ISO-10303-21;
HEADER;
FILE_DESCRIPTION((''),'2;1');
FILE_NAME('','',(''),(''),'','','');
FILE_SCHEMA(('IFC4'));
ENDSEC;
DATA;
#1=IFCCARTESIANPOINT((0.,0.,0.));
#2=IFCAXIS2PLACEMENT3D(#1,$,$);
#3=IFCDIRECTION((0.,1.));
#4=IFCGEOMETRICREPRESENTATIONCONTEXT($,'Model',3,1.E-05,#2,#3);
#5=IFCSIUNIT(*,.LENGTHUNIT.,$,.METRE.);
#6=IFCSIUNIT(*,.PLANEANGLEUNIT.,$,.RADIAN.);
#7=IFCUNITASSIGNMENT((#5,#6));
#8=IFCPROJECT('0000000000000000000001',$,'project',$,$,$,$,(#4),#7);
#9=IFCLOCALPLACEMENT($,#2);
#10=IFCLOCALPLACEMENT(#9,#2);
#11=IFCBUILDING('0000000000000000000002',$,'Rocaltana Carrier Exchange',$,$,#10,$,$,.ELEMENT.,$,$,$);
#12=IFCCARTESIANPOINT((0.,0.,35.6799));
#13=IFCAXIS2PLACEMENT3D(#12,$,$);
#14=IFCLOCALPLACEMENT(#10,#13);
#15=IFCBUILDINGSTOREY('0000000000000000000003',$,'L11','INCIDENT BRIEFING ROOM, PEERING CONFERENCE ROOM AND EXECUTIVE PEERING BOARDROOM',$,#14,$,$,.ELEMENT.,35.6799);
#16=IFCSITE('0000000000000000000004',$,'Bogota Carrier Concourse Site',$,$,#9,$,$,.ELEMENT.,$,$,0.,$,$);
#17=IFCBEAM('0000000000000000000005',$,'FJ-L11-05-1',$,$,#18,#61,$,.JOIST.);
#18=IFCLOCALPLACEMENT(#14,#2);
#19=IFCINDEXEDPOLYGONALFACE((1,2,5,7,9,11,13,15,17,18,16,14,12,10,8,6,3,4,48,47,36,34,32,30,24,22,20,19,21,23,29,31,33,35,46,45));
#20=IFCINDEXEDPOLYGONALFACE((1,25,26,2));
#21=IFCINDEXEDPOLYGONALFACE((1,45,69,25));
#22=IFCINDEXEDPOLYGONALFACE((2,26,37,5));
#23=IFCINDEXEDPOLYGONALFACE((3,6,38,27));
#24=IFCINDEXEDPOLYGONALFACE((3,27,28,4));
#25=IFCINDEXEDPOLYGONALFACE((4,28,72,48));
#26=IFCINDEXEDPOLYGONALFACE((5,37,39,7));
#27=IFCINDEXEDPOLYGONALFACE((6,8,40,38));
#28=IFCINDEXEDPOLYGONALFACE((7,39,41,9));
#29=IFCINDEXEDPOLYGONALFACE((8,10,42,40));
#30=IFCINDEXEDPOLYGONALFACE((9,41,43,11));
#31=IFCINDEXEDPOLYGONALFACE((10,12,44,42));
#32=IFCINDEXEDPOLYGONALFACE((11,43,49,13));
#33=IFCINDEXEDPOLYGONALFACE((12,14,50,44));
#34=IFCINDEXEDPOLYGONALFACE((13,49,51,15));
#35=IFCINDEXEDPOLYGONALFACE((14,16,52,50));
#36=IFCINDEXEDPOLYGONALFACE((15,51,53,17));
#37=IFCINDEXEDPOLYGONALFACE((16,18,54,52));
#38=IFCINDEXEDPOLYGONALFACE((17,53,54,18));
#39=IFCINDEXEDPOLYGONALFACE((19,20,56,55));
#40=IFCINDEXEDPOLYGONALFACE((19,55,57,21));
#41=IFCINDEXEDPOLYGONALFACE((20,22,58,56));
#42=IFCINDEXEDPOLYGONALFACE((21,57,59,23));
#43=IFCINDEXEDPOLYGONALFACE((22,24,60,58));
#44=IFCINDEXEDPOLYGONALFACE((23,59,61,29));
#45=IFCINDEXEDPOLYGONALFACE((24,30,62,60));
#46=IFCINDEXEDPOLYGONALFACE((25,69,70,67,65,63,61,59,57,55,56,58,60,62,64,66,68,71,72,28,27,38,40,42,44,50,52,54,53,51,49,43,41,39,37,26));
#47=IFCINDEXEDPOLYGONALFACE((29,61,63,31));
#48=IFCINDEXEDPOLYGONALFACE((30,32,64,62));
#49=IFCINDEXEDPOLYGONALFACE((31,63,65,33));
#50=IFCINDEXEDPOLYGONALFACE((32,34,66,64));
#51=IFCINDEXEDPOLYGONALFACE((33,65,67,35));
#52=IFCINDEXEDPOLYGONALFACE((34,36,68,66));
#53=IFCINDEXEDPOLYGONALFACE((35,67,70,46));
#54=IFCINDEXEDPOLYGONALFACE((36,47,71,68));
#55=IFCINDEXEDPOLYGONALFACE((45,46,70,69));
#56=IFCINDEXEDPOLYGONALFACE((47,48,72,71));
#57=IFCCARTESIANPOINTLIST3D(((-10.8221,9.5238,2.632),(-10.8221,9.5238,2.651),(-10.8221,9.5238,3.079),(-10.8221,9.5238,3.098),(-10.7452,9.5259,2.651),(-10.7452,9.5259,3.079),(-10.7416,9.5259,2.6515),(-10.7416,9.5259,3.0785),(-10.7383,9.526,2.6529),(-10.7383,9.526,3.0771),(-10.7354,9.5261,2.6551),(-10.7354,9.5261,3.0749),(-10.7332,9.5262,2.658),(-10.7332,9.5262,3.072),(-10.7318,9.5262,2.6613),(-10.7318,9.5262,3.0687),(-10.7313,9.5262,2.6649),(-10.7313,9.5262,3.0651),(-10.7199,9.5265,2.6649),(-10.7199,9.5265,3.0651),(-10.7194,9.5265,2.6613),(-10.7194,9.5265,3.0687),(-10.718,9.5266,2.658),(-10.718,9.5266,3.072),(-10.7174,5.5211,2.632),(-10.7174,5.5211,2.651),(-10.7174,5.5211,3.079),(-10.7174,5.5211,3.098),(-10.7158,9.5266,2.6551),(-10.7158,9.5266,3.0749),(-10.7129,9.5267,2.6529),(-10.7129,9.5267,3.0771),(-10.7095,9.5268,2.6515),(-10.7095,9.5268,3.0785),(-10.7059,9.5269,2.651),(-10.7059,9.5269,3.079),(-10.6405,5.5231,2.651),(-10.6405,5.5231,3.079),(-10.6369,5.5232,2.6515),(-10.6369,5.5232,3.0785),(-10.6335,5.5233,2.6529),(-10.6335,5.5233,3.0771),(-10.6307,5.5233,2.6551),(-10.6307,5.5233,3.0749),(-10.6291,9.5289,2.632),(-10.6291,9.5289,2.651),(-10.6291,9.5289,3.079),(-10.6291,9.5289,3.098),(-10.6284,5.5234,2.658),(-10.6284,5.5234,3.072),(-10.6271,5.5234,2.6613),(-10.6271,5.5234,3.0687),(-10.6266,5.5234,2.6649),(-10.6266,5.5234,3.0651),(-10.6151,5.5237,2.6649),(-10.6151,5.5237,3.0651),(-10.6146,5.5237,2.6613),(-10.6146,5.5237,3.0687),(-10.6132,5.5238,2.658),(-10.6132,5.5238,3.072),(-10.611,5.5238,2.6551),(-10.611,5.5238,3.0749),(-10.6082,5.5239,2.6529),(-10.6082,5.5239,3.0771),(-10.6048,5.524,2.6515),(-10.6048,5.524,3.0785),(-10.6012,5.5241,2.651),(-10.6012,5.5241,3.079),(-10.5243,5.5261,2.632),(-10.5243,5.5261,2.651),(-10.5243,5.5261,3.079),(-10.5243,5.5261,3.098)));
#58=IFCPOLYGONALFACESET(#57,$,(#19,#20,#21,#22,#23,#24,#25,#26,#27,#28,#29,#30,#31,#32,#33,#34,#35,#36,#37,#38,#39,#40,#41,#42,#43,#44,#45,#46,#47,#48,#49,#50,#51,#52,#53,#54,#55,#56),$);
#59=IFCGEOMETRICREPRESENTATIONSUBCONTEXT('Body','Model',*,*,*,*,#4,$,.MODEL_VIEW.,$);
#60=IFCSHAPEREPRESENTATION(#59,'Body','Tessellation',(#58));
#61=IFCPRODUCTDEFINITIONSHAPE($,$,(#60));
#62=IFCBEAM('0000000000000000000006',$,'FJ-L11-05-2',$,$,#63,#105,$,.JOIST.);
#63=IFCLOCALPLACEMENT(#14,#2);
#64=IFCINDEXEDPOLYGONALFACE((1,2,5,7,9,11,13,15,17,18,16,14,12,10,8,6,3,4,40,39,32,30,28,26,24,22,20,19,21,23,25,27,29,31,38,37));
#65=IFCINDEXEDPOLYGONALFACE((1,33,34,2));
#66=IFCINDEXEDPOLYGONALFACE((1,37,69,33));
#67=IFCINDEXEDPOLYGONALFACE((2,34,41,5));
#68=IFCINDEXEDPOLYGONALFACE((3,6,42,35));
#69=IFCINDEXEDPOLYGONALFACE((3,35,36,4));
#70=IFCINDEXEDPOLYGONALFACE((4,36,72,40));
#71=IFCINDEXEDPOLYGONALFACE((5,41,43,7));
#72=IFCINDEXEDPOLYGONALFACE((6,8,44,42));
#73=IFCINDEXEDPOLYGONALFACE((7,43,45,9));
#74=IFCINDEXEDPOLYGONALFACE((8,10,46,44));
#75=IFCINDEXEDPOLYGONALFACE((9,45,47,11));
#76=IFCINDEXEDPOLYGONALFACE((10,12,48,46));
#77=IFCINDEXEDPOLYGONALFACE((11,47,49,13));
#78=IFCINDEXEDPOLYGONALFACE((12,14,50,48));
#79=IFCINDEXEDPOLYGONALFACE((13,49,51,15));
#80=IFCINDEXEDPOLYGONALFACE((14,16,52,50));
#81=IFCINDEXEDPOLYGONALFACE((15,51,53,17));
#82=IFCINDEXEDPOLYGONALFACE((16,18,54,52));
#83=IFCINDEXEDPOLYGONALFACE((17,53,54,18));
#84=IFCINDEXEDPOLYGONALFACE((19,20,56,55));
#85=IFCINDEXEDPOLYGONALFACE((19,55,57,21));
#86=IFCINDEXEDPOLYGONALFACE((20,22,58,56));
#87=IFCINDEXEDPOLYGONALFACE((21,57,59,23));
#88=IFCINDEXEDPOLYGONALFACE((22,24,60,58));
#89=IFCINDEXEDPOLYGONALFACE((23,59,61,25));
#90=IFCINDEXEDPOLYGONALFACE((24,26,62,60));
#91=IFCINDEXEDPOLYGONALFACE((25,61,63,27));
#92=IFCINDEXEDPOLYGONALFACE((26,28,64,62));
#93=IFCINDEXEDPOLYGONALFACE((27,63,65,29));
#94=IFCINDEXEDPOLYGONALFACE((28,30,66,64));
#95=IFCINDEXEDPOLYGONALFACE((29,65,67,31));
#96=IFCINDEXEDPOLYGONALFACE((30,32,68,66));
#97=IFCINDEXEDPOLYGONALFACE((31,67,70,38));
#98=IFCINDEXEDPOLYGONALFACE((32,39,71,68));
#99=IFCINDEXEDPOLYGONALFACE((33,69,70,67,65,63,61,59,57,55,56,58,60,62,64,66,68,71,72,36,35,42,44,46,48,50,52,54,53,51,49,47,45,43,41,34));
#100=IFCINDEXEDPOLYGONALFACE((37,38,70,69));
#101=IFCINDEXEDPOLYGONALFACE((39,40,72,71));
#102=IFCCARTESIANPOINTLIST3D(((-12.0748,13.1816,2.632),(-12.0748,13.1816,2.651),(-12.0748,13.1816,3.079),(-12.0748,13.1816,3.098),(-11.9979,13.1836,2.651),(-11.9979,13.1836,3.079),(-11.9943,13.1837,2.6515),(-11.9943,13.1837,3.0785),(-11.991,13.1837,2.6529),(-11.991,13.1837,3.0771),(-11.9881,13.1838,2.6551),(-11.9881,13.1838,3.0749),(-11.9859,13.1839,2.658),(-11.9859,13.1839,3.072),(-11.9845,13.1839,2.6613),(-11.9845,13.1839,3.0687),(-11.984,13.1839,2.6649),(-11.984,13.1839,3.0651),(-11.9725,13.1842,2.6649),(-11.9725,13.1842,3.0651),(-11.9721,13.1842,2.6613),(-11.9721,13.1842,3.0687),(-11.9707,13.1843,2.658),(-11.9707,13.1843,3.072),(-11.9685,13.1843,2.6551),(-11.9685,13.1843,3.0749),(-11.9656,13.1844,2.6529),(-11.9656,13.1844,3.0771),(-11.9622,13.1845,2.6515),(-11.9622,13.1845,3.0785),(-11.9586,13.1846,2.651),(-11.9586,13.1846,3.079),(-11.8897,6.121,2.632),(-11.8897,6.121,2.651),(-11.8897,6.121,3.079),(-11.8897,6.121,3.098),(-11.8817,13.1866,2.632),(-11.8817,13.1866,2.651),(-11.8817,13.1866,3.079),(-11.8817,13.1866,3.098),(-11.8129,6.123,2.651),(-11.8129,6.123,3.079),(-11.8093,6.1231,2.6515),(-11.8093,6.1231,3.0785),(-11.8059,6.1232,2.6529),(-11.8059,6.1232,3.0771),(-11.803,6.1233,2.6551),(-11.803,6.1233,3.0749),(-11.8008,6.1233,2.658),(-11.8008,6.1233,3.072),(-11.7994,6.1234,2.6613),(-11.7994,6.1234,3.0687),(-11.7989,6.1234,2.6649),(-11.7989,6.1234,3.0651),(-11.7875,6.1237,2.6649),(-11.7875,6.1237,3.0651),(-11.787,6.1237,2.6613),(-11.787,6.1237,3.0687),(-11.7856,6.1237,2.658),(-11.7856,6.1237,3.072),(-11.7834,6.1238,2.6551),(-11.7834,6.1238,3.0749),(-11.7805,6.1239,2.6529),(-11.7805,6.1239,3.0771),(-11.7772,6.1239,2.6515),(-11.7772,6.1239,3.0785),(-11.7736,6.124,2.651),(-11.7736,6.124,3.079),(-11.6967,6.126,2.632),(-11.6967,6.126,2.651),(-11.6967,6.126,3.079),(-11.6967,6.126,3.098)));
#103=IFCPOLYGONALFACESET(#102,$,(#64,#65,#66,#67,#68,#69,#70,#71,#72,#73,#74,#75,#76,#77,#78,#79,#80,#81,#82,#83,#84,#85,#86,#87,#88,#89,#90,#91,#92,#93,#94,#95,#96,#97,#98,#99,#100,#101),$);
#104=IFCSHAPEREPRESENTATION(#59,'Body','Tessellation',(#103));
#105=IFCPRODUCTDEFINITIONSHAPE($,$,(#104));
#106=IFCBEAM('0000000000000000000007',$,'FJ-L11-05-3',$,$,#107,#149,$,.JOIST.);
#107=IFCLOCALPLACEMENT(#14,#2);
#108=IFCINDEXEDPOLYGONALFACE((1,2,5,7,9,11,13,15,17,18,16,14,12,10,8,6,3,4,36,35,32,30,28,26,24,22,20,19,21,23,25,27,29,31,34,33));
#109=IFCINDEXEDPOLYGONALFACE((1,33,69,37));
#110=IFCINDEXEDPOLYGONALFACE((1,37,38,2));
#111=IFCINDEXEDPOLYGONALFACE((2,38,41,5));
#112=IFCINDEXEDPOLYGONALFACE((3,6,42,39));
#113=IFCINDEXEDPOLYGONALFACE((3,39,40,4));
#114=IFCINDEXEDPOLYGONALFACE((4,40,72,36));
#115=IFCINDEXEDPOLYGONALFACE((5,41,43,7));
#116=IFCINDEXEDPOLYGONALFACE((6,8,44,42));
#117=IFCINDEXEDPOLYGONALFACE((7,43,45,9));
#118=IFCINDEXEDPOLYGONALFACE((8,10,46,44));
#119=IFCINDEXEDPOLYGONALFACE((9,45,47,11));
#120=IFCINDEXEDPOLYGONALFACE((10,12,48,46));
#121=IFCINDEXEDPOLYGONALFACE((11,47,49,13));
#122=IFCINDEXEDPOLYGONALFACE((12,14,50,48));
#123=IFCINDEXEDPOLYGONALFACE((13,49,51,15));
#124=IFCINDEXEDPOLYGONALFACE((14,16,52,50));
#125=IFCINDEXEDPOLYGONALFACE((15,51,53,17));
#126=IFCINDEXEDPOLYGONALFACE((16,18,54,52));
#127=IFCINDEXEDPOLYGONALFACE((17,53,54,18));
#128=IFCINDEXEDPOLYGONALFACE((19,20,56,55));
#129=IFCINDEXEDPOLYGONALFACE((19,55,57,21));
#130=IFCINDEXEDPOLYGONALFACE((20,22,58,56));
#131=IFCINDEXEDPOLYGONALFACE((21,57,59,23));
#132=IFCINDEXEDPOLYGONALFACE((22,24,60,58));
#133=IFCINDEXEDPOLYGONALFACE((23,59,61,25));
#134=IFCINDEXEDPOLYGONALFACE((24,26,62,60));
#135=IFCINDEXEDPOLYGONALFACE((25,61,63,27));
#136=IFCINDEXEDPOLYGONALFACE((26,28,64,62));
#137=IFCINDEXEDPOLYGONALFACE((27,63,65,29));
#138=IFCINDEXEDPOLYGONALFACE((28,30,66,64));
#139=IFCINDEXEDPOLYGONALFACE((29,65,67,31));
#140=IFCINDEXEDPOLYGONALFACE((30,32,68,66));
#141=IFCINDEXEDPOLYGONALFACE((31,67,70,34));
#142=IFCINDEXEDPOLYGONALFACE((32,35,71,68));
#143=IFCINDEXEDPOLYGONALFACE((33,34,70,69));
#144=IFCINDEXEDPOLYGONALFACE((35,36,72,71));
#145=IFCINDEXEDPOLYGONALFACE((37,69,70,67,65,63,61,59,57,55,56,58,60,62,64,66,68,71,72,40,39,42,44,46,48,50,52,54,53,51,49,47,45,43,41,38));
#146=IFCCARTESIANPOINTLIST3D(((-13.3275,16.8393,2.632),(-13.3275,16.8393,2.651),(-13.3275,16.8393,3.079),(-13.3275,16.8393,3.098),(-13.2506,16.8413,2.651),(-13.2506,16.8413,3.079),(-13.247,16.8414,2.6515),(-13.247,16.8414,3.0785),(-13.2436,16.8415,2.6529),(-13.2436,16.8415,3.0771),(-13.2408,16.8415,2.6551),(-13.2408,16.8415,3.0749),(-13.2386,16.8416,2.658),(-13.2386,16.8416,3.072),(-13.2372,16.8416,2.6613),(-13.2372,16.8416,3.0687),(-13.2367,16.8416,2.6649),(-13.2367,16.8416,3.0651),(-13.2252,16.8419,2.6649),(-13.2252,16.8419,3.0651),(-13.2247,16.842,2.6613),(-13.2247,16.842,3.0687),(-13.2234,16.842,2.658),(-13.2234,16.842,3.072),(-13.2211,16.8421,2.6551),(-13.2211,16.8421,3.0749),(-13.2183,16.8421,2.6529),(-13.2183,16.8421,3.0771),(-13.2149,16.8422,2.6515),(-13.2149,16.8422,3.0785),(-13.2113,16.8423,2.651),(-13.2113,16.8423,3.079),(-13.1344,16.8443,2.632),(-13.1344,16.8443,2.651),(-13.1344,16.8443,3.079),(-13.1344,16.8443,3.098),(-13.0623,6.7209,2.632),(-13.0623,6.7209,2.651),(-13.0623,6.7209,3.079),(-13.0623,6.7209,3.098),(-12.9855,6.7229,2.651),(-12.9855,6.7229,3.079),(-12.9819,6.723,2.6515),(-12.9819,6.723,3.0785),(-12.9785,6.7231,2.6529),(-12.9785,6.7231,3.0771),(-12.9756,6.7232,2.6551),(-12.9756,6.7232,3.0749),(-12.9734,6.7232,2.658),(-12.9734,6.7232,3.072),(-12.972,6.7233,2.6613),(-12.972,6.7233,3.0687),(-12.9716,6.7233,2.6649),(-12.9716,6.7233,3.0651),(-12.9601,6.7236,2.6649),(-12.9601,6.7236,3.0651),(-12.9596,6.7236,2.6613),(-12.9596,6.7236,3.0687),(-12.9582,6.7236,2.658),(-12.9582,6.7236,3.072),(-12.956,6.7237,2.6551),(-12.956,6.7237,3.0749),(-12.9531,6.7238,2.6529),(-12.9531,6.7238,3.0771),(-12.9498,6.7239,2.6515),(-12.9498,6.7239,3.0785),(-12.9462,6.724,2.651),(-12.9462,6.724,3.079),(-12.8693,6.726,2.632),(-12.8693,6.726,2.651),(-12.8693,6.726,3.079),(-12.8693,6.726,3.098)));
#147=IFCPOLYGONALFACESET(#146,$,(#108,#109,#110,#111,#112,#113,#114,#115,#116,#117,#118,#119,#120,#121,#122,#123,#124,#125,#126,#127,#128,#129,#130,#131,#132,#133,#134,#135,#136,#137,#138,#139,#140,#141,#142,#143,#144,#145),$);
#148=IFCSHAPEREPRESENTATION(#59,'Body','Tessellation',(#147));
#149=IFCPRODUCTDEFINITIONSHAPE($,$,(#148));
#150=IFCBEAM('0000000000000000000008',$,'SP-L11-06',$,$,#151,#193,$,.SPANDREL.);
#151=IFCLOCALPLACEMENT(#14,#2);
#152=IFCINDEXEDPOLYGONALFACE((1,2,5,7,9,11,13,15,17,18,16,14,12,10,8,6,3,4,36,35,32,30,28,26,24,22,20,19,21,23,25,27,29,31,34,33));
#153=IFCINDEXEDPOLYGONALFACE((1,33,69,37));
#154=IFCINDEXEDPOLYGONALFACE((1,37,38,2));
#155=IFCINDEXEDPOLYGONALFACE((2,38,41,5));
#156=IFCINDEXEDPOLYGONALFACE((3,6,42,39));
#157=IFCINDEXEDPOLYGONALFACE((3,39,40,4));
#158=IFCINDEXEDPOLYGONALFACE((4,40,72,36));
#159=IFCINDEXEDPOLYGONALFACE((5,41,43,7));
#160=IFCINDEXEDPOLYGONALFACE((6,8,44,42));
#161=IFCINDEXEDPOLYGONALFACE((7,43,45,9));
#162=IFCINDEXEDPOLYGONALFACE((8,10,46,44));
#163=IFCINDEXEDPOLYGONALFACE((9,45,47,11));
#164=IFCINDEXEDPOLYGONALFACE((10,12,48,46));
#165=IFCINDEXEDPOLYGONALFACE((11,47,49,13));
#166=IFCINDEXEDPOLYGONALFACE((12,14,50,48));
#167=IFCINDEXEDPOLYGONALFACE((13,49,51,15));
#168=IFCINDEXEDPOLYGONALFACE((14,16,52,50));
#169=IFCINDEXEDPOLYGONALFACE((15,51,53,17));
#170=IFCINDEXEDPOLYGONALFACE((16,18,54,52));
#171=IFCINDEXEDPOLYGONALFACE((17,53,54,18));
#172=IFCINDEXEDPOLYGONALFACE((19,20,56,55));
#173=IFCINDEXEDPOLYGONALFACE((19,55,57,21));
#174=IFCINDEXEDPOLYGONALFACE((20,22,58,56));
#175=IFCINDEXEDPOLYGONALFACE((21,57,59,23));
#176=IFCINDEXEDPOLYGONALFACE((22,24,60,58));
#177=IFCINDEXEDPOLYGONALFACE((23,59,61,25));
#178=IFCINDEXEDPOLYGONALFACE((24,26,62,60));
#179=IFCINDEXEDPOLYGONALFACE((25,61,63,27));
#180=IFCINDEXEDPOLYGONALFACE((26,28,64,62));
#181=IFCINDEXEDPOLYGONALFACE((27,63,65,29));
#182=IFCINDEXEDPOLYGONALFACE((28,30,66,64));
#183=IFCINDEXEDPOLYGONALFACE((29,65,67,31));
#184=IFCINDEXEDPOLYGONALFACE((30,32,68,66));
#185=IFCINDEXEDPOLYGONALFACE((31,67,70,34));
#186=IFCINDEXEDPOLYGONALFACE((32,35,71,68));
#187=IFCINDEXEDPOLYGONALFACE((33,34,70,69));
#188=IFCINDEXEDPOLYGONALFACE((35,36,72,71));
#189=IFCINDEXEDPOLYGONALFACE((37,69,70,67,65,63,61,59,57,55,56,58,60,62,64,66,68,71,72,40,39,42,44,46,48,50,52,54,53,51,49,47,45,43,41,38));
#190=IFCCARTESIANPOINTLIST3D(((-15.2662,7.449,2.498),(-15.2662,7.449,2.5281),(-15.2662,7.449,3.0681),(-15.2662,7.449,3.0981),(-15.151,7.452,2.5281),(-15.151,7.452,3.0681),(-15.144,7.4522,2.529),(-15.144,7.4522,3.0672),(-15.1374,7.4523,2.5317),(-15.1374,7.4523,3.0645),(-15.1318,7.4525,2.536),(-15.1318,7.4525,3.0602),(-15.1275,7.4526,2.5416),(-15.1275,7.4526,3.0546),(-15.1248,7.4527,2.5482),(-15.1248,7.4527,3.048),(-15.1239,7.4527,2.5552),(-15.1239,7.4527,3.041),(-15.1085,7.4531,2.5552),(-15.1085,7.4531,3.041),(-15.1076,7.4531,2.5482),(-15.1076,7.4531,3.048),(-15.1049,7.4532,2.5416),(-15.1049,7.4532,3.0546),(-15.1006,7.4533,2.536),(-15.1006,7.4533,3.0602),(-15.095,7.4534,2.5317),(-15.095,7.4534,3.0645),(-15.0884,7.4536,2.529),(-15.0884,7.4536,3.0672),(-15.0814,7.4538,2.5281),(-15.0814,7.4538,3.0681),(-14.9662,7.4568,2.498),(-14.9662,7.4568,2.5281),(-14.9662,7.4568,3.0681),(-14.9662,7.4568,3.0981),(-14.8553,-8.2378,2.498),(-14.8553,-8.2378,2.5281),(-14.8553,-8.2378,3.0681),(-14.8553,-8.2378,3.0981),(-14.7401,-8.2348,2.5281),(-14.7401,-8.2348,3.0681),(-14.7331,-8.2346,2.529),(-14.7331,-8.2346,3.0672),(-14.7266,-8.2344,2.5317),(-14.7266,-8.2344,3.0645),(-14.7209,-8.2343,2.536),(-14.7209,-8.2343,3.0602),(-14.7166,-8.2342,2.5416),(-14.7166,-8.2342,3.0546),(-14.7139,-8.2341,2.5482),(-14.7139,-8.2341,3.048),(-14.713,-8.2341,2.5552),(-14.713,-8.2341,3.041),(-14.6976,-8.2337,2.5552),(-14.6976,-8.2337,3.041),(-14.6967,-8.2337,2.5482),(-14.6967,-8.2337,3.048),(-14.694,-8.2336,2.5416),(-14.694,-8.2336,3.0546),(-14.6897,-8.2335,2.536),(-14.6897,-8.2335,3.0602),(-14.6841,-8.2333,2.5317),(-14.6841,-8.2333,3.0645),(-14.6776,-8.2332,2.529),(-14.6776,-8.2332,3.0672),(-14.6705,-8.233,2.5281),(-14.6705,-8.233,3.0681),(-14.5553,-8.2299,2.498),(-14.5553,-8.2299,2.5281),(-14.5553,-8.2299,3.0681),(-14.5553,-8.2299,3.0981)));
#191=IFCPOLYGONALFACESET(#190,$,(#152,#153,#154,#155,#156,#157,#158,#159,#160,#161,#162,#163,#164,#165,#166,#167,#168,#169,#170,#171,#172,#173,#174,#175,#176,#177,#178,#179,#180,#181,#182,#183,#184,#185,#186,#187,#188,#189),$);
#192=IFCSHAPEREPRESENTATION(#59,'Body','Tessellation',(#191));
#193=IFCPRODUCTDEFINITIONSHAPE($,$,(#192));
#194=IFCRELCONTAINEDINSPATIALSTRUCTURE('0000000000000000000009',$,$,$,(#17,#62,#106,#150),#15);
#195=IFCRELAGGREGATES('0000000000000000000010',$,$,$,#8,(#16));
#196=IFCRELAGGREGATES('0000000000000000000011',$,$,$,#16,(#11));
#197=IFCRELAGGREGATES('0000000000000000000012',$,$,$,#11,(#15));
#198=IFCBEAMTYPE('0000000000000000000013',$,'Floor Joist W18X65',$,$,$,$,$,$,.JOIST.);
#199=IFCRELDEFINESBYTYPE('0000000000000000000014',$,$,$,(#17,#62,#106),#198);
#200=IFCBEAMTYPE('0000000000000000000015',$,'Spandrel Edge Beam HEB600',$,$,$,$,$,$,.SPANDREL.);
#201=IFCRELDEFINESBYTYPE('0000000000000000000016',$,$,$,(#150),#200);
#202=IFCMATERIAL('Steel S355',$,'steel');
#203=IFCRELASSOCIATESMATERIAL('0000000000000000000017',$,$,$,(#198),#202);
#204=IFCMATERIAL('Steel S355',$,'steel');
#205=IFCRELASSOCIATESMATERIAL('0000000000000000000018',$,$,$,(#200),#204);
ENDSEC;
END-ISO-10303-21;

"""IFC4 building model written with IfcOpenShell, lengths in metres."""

from ifc_helpers import new_model, si_unit, direction, frame, origin, origin_2d, place, context, subcontext, project, spatial, i_section, extrude, material, material_profile, profile_set, type_object, element, save


model = new_model("IFC4")

# Units and contexts
model_context = context("Model", 3, precision=1e-05, world=origin(), true_north=direction((0.0, 1.0)))
body_context = subcontext(model_context, "Body", "Model", "MODEL_VIEW")
ifc_project = project(units=[si_unit("LENGTHUNIT", "METRE"), si_unit("PLANEANGLEUNIT", "RADIAN")], contexts=[model_context])

# Site, building, storey
site_placement = place(None, origin())
site = spatial("IfcSite", under=ifc_project, at=site_placement, Name="Bogota Carrier Concourse Site", CompositionType="ELEMENT", RefElevation=0.0)
building_placement = place(site_placement, origin())
building = spatial("IfcBuilding", under=site, at=building_placement, Name="Rocaltana Carrier Exchange", CompositionType="ELEMENT")
storey_placement = place(building_placement, frame((0.0, 0.0, 35.6799)))
storey = spatial("IfcBuildingStorey", under=building, at=storey_placement, Name="L11", Description="INCIDENT BRIEFING ROOM, PEERING CONFERENCE ROOM AND EXECUTIVE PEERING BOARDROOM", CompositionType="ELEMENT", Elevation=35.6799)

# Beams
ifc_material_1 = material(Name="Steel S355", Category="steel")
ifc_material_profile_1 = material_profile(ifc_material_1, i_section(OverallWidth=0.1931, OverallDepth=0.4661, WebThickness=0.0115, FlangeThickness=0.019, FilletRadius=0.0139, at=origin_2d()), Name="W18X65")
ifc_profile_set_1 = profile_set([ifc_material_profile_1], Name="Steel S355")
beam_type_1 = type_object("IfcBeamType", Name="Floor Joist W18X65", PredefinedType="JOIST", material=ifc_profile_set_1)
beam_1_placement = place(storey_placement, frame((-10.7256, 9.5264, 2.865), z_axis=(0.026158, -0.999658, 0.0), x_axis=(0.999658, 0.026158, 0.0)))
element("IfcBeam", 1, at=beam_1_placement, inside=storey, type_object=beam_type_1, Name="FJ-L11-05-1", PredefinedType="JOIST", context=body_context, shape_type="SweptSolid", body=[
    extrude(i_section(OverallWidth=0.1931, OverallDepth=0.4661, WebThickness=0.0115, FlangeThickness=0.019, FilletRadius=0.0139, at=origin_2d()), origin(), (0.0, 0.0, 1.0), 4.0042),
])
beam_2_placement = place(storey_placement, frame((-11.9783, 13.1841, 2.865), z_axis=(0.026201, -0.999657, 0.0), x_axis=(0.999657, 0.026201, 0.0)))
element("IfcBeam", 2, at=beam_2_placement, inside=storey, type_object=beam_type_1, Name="FJ-L11-05-2", PredefinedType="JOIST", context=body_context, shape_type="SweptSolid", body=[
    extrude(i_section(OverallWidth=0.1931, OverallDepth=0.4661, WebThickness=0.0115, FlangeThickness=0.019, FilletRadius=0.0139, at=origin_2d()), origin(), (0.0, 0.0, 1.0), 7.063),
])
beam_3_placement = place(storey_placement, frame((-13.231, 16.8418, 2.865), z_axis=(0.026194, -0.999657, 0.0), x_axis=(0.999657, 0.026194, 0.0)))
element("IfcBeam", 3, at=beam_3_placement, inside=storey, type_object=beam_type_1, Name="FJ-L11-05-3", PredefinedType="JOIST", context=body_context, shape_type="SweptSolid", body=[
    extrude(i_section(OverallWidth=0.1931, OverallDepth=0.4661, WebThickness=0.0115, FlangeThickness=0.019, FilletRadius=0.0139, at=origin_2d()), origin(), (0.0, 0.0, 1.0), 10.1218),
])
ifc_material_2 = material(Name="Steel S355", Category="steel")
ifc_material_profile_2 = material_profile(ifc_material_2, i_section(OverallWidth=0.3, OverallDepth=0.6001, WebThickness=0.0154, FlangeThickness=0.03, FilletRadius=0.0271, at=origin_2d()), Name="HEB600")
ifc_profile_set_2 = profile_set([ifc_material_profile_2], Name="Steel S355")
beam_type_2 = type_object("IfcBeamType", Name="Spandrel Edge Beam HEB600", PredefinedType="SPANDREL", material=ifc_profile_set_2)
beam_4_placement = place(storey_placement, frame((-15.1162, 7.4529, 2.7981), z_axis=(0.026184, -0.999657, 0.0), x_axis=(0.999657, 0.026184, 0.0)))
element("IfcBeam", 4, at=beam_4_placement, inside=storey, type_object=beam_type_2, Name="SP-L11-06", PredefinedType="SPANDREL", context=body_context, shape_type="SweptSolid", body=[
    extrude(i_section(OverallWidth=0.3, OverallDepth=0.6001, WebThickness=0.0154, FlangeThickness=0.03, FilletRadius=0.0271, at=origin_2d()), origin(), (0.0, 0.0, 1.0), 15.6921),
])

save(model, "model.ifc")
